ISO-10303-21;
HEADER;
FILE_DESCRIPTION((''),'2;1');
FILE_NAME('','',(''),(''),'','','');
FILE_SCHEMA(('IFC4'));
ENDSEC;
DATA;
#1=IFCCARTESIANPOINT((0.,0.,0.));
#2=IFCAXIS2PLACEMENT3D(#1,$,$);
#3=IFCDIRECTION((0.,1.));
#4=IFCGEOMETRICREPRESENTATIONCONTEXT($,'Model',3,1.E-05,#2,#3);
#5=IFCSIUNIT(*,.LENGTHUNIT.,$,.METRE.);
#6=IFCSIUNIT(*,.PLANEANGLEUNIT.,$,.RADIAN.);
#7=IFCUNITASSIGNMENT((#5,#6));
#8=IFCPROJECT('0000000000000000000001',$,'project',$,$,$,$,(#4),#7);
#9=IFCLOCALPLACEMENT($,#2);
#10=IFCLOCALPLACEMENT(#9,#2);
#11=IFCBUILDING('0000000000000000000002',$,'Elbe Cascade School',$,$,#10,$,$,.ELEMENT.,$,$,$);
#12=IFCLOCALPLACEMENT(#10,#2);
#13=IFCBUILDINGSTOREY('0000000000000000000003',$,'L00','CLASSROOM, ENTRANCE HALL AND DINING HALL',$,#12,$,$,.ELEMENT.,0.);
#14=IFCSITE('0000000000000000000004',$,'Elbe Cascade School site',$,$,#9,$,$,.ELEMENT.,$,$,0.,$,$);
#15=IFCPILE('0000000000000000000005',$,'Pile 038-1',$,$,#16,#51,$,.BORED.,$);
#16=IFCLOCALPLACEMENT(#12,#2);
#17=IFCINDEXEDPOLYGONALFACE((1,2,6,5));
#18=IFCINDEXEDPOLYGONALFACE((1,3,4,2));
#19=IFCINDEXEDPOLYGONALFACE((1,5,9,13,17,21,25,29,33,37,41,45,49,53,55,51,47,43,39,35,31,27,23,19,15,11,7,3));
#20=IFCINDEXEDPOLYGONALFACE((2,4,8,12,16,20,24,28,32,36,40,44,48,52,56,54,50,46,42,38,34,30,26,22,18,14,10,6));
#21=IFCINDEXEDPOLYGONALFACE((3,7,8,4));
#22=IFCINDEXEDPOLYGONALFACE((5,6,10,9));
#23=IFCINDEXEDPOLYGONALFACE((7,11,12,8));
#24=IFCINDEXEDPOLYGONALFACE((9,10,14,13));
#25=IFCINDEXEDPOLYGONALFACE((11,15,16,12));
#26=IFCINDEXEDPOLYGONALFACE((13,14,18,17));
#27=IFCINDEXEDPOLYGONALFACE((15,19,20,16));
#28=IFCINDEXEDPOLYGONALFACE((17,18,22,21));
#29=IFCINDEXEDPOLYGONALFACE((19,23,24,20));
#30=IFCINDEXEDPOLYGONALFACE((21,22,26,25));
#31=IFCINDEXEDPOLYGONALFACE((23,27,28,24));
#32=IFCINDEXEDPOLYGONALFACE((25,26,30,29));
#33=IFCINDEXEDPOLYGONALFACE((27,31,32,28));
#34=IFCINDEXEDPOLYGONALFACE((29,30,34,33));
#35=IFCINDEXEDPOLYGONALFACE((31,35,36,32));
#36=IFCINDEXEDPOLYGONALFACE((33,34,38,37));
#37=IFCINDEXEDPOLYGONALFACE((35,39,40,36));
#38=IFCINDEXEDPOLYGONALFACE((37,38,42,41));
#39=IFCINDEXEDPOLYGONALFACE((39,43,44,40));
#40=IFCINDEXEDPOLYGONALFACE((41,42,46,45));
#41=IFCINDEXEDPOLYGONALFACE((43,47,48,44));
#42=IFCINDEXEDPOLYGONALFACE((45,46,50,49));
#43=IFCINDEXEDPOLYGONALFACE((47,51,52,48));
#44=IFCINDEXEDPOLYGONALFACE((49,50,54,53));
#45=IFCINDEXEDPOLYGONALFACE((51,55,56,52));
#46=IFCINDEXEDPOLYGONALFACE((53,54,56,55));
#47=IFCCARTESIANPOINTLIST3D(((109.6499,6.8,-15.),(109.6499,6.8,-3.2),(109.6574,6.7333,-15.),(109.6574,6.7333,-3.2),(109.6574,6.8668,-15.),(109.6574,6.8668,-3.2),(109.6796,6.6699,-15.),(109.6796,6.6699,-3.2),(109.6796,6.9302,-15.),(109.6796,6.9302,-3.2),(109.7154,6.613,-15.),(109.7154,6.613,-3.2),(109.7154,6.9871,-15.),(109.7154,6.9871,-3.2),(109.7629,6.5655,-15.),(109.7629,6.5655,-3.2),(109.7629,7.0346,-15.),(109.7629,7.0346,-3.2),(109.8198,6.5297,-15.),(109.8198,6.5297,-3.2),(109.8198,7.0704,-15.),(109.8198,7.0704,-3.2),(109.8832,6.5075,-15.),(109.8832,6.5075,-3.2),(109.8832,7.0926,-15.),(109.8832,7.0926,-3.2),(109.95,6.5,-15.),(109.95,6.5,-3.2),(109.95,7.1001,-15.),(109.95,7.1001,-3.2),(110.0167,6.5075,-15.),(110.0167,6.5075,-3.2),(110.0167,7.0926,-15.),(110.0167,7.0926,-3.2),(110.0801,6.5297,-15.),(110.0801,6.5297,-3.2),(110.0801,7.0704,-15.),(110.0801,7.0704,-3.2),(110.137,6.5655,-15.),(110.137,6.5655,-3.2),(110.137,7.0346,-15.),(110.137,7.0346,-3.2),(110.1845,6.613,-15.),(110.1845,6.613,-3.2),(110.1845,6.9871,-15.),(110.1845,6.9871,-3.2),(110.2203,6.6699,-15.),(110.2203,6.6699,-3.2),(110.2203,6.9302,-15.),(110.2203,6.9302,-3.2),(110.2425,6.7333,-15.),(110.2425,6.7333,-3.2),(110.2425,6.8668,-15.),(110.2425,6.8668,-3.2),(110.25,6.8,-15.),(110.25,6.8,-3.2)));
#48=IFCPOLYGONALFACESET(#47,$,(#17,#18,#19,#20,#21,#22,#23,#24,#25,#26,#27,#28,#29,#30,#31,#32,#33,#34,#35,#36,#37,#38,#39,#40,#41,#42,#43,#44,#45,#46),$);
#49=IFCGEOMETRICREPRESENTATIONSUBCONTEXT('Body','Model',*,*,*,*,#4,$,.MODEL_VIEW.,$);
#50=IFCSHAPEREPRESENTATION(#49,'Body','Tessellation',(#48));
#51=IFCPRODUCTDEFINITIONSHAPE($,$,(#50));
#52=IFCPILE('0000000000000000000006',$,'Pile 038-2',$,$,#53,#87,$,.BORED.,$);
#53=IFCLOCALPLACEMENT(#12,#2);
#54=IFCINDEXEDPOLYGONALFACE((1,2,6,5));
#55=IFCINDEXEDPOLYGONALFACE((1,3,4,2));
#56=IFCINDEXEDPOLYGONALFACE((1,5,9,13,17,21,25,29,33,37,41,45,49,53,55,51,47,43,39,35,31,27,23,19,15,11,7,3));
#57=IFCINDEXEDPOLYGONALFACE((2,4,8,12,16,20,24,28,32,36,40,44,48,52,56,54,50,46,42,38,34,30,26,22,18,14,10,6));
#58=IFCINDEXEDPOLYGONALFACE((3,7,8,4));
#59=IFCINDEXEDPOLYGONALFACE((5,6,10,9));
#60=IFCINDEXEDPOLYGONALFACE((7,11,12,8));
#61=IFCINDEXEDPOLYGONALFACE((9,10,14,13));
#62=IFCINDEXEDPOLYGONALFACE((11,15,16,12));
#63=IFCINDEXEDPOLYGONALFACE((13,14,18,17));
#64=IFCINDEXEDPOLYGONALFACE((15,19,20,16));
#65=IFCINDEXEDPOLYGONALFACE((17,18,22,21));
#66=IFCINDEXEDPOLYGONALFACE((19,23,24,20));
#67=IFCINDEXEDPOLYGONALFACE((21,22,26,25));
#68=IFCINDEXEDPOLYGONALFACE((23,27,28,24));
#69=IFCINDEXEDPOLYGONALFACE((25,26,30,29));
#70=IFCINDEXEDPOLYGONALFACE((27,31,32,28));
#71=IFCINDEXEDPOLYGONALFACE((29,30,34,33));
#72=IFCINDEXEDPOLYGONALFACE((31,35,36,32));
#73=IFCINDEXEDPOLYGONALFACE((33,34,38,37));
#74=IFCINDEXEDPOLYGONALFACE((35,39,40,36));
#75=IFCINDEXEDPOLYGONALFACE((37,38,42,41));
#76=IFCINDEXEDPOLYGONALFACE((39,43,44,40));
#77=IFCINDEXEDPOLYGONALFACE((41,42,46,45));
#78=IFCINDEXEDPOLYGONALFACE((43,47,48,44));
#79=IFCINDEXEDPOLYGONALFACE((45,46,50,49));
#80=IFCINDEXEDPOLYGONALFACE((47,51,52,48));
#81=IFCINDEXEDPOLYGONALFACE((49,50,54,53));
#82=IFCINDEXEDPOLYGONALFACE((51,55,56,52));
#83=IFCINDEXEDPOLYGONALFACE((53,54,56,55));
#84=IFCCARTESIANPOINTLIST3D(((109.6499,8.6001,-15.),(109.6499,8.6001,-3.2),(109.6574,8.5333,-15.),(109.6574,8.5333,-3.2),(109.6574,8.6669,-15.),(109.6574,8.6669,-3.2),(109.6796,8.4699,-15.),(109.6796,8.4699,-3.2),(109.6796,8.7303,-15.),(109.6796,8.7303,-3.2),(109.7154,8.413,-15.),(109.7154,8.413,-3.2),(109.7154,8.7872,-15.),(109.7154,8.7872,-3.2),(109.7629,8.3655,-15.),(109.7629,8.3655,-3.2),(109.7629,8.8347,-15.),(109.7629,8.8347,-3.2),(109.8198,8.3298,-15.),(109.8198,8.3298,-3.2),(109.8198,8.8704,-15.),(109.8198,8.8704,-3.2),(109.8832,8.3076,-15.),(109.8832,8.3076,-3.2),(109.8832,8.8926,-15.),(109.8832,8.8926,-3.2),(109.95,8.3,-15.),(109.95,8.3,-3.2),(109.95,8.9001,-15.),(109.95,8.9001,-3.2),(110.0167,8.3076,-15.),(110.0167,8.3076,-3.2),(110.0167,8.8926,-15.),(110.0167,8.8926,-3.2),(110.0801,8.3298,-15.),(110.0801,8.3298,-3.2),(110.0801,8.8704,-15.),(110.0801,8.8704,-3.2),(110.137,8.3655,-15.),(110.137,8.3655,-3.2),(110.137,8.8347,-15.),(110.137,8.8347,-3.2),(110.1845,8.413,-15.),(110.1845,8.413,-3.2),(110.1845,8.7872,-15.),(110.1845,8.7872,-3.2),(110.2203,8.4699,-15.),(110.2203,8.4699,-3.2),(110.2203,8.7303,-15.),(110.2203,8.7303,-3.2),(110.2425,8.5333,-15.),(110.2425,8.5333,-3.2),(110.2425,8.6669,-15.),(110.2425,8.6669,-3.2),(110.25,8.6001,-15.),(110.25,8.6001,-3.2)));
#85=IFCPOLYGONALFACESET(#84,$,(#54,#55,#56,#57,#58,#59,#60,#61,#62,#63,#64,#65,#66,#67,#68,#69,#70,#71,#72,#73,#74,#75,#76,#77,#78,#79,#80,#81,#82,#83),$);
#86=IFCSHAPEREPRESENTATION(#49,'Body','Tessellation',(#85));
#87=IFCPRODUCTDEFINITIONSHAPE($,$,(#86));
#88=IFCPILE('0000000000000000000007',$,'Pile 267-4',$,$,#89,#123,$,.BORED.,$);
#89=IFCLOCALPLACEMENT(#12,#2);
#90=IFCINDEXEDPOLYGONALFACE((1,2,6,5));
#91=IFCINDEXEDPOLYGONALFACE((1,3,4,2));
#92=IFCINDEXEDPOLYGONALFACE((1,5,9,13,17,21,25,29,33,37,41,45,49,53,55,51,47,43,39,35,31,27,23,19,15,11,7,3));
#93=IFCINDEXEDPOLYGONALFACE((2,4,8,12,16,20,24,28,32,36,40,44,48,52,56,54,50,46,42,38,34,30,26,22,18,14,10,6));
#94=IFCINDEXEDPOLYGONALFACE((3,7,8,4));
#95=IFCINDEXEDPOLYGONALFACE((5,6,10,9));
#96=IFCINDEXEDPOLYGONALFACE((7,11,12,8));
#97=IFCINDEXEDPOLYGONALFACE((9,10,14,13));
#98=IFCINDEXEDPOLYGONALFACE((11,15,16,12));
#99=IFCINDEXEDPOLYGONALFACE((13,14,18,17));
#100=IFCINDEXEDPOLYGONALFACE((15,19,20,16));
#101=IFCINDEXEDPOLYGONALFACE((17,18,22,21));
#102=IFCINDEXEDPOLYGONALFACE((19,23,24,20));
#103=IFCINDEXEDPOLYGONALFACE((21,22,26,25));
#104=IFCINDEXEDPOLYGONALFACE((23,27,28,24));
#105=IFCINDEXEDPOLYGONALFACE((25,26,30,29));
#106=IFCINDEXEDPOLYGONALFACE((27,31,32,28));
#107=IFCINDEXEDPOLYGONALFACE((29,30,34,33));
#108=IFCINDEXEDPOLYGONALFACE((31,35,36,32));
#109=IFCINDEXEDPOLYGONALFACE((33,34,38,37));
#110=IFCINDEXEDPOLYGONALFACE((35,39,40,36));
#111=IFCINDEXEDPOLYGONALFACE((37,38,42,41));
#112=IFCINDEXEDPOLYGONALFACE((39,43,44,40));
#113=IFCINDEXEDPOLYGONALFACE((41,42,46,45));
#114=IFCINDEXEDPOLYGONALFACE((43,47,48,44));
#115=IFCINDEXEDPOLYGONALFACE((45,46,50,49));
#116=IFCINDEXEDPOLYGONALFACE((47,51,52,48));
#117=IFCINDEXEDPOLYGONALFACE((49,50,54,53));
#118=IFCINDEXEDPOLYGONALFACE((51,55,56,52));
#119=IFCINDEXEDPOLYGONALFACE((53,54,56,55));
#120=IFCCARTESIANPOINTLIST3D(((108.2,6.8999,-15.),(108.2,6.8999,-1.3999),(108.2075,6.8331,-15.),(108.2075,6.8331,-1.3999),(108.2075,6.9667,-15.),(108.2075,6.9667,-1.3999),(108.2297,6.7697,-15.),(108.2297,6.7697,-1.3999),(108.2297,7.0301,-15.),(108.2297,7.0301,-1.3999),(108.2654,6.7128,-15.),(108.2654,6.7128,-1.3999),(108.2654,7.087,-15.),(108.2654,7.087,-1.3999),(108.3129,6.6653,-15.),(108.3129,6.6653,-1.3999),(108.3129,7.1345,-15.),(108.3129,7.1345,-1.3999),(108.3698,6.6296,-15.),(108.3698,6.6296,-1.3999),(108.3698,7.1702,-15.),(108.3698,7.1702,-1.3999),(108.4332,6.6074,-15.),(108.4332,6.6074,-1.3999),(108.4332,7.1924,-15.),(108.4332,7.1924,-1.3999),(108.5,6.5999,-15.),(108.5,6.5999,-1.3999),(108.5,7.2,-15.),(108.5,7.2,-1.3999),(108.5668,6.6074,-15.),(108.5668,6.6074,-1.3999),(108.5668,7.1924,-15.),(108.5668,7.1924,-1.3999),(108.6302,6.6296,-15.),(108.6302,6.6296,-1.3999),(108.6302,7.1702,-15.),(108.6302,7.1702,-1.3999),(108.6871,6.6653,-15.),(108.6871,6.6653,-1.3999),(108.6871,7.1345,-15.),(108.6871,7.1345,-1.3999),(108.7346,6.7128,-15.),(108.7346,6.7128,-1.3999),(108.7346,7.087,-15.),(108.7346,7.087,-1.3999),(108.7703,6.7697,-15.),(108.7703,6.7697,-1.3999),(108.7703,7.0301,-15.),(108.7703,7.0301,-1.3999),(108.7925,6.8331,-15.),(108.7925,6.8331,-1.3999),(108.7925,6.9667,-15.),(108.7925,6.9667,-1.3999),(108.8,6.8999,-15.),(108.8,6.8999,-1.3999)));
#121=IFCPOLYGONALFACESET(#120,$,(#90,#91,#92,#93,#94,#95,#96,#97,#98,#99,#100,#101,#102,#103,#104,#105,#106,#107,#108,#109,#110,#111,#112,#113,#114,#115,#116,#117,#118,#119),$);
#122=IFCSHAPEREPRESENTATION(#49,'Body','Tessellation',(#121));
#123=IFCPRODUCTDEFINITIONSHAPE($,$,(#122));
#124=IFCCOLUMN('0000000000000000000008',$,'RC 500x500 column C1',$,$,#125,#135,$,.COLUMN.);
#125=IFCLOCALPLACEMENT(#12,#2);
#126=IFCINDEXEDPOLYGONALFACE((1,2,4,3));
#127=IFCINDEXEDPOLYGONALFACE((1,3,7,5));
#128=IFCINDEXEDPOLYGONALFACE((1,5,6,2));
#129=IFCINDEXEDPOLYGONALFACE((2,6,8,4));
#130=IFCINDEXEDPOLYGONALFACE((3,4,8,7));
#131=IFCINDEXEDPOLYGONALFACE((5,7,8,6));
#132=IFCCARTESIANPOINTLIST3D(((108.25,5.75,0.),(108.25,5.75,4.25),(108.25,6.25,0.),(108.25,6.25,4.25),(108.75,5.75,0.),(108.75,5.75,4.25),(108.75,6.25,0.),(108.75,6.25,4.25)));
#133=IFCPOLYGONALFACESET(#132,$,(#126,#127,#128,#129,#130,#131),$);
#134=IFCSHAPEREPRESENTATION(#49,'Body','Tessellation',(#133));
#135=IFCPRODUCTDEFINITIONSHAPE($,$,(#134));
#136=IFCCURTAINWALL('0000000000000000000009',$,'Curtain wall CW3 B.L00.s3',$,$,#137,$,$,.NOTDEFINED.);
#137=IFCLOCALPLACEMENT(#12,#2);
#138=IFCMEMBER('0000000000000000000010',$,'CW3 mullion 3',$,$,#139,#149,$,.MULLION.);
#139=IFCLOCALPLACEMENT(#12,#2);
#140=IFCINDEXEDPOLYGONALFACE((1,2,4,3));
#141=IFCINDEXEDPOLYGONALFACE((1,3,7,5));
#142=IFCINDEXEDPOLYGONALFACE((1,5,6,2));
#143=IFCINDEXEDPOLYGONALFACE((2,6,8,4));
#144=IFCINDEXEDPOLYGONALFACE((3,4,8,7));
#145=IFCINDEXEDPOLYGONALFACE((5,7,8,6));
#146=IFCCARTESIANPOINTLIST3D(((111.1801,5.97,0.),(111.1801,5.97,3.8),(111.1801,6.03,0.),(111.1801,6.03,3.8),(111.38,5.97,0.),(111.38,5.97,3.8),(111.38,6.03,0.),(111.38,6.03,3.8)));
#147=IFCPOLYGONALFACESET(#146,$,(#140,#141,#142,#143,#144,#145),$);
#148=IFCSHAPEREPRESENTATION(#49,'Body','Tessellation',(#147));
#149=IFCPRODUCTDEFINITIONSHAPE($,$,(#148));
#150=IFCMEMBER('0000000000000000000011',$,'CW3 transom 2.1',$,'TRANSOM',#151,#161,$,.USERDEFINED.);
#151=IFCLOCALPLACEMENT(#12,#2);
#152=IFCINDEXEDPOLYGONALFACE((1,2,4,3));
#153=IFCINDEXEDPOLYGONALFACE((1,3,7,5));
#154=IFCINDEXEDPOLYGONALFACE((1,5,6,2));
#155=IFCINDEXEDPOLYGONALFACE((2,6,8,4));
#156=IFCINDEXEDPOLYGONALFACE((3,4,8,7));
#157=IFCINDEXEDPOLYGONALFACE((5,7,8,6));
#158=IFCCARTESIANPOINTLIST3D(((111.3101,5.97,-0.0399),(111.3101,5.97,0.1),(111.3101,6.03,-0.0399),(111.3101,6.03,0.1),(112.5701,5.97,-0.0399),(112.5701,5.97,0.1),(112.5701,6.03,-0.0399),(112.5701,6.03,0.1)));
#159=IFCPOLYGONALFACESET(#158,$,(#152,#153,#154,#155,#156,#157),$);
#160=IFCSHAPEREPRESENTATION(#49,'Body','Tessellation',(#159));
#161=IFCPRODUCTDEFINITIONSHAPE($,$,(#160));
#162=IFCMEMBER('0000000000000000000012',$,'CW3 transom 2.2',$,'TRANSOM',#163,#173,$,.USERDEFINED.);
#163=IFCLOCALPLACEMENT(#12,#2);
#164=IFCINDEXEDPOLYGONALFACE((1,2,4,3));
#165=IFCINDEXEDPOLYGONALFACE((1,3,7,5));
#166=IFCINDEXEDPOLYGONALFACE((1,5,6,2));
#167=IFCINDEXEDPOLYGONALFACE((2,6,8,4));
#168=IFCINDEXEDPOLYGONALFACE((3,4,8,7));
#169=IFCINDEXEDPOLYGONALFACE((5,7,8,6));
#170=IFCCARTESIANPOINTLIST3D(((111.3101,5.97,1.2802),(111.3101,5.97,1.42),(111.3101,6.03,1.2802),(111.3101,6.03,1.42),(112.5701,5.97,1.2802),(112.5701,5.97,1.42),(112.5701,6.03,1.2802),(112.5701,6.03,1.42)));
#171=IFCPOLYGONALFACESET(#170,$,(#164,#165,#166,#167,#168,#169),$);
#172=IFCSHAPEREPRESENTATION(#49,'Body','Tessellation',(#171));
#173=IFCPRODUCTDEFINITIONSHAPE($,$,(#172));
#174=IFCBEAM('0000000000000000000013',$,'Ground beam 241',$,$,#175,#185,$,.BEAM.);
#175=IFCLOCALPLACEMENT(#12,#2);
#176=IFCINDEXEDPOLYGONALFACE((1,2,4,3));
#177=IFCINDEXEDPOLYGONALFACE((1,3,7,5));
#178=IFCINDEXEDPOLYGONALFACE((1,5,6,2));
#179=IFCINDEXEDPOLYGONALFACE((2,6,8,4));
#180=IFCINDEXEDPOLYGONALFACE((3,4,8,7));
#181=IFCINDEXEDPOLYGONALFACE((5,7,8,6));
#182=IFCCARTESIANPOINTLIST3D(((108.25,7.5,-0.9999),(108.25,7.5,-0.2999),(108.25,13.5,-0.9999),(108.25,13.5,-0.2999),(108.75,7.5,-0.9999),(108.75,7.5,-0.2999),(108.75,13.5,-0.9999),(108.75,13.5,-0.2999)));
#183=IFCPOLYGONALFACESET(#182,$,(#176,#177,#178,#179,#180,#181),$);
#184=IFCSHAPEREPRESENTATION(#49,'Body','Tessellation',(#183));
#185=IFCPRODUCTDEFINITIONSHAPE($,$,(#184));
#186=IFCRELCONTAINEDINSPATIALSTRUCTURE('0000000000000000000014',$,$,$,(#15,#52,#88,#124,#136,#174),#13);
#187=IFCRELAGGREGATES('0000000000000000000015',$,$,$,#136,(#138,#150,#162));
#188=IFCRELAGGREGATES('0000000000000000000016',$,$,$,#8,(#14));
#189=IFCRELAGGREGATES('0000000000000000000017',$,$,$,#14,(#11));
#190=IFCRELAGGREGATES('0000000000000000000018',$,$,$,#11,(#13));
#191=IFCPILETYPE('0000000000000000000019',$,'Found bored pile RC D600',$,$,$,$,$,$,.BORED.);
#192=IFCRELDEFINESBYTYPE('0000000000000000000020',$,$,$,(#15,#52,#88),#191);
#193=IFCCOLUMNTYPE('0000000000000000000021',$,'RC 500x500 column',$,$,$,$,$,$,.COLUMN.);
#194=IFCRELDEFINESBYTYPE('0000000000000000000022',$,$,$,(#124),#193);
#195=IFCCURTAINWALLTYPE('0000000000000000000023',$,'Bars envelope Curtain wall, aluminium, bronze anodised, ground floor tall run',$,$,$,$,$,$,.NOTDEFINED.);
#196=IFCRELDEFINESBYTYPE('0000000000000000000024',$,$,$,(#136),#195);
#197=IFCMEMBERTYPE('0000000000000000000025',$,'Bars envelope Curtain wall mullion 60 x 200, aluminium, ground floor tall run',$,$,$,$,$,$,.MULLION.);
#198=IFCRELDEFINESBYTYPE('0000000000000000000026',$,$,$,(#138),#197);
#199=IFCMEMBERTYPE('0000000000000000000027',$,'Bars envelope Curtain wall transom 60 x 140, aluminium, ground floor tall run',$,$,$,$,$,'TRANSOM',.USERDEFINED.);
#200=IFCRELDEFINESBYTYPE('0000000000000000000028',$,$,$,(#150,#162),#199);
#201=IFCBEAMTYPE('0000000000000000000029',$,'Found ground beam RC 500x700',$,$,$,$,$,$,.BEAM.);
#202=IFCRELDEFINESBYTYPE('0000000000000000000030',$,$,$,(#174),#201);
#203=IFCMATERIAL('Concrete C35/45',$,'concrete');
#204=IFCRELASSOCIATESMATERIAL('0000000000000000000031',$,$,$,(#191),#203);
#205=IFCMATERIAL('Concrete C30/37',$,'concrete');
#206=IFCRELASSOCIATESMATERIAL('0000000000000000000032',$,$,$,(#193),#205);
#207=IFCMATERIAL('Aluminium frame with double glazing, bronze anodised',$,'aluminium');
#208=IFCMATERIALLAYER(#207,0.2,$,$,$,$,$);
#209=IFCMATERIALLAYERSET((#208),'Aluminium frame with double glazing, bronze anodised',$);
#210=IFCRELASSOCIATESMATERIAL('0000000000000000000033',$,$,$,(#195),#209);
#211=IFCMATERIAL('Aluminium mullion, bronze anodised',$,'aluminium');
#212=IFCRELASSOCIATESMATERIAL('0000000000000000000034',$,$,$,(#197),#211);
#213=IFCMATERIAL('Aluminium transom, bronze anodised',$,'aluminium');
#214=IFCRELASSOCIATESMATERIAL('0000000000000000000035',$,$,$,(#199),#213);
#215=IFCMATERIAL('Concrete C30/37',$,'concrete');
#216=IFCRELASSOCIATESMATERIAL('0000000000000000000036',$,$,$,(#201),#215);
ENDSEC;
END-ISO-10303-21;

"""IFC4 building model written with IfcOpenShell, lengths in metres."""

from ifc_helpers import new_model, si_unit, direction, frame, origin, origin_2d, place, context, subcontext, project, spatial, rectangle, circle, extrude, material, layer, layer_set, material_profile, profile_set, type_object, element, aggregate, save


model = new_model("IFC4")

# Units and contexts
model_context = context("Model", 3, precision=1e-05, world=origin(), true_north=direction((0.0, 1.0)))
body_context = subcontext(model_context, "Body", "Model", "MODEL_VIEW")
ifc_project = project(units=[si_unit("LENGTHUNIT", "METRE"), si_unit("PLANEANGLEUNIT", "RADIAN")], contexts=[model_context])

# Site, building, storey
site_placement = place(None, origin())
site = spatial("IfcSite", under=ifc_project, at=site_placement, Name="Elbe Cascade School site", CompositionType="ELEMENT", RefElevation=0.0)
building_placement = place(site_placement, origin())
building = spatial("IfcBuilding", under=site, at=building_placement, Name="Elbe Cascade School", CompositionType="ELEMENT")
storey_placement = place(building_placement, origin())
storey = spatial("IfcBuildingStorey", under=building, at=storey_placement, Name="L00", Description="CLASSROOM, ENTRANCE HALL AND DINING HALL", CompositionType="ELEMENT", Elevation=0.0)

# Piles
ifc_material_1 = material(Name="Concrete C35/45", Category="concrete")
ifc_material_profile_1 = material_profile(ifc_material_1, circle(Radius=0.3, at=origin_2d()), Name="RC D600")
ifc_profile_set_1 = profile_set([ifc_material_profile_1], Name="Concrete C35/45")
pile_type = type_object("IfcPileType", Name="Found bored pile RC D600", PredefinedType="BORED", material=ifc_profile_set_1)
for number, where, z_axis, x_axis, name in (
    (1, (109.95, 6.8, -3.2), (0.0, 0.0, -1.0), (1.0, 0.0, 0.0), "Pile 038-1"),
    (2, (109.95, 8.6001, -3.2), (0.0, 0.0, -1.0), (1.0, 0.0, 0.0), "Pile 038-2"),
):
    element("IfcPile", number, at=place(storey_placement, frame(where, z_axis=z_axis, x_axis=x_axis)), inside=storey, type_object=pile_type, Name=name, PredefinedType="BORED", context=body_context, shape_type="SweptSolid", body=[
        extrude(circle(Radius=0.3, at=origin_2d()), origin(), (0.0, 0.0, 1.0), 11.8),
    ])
pile_placement = place(storey_placement, frame((108.5, 6.8999, -1.3999), z_axis=(0.0, 0.0, -1.0), x_axis=(1.0, 0.0, 0.0)))
element("IfcPile", 3, at=pile_placement, inside=storey, type_object=pile_type, Name="Pile 267-4", PredefinedType="BORED", context=body_context, shape_type="SweptSolid", body=[
    extrude(circle(Radius=0.3, at=origin_2d()), origin(), (0.0, 0.0, 1.0), 13.6001),
])

# Column
ifc_material_2 = material(Name="Concrete C30/37", Category="concrete")
ifc_material_profile_2 = material_profile(ifc_material_2, rectangle(XDim=0.5, YDim=0.5, at=origin_2d()), Name="RC 500x500")
ifc_profile_set_2 = profile_set([ifc_material_profile_2], Name="Concrete C30/37")
column_type = type_object("IfcColumnType", Name="RC 500x500 column", PredefinedType="COLUMN", material=ifc_profile_set_2)
column_placement = place(storey_placement, frame((108.5, 6.0, 0.0), z_axis=(0.0, 0.0, 1.0), x_axis=(1.0, 0.0, 0.0)))
element("IfcColumn", 4, at=column_placement, inside=storey, type_object=column_type, Name="RC 500x500 column C1", PredefinedType="COLUMN", context=body_context, shape_type="SweptSolid", body=[
    extrude(rectangle(XDim=0.5, YDim=0.5, at=origin_2d()), origin(), (0.0, 0.0, 1.0), 4.25),
])

# Curtain wall, members
ifc_material_3 = material(Name="Aluminium frame with double glazing, bronze anodised", Category="aluminium")
ifc_layer_1 = layer(ifc_material_3, 0.2)
ifc_layer_set_1 = layer_set([ifc_layer_1], Name="Aluminium frame with double glazing, bronze anodised")
curtain_wall_type = type_object("IfcCurtainWallType", Name="Bars envelope Curtain wall, aluminium, bronze anodised, ground floor tall run", PredefinedType="NOTDEFINED", material=ifc_layer_set_1)
curtain_wall_placement = place(storey_placement, origin())
curtain_wall = element("IfcCurtainWall", 5, at=curtain_wall_placement, inside=storey, type_object=curtain_wall_type, Name="Curtain wall CW3 B.L00.s3", PredefinedType="NOTDEFINED")
ifc_material_4 = material(Name="Aluminium mullion, bronze anodised", Category="aluminium")
ifc_material_profile_3 = material_profile(ifc_material_4, rectangle(XDim=0.0601, YDim=0.2, at=origin_2d()), Name="Bars envelope Curtain wall mullion 60 x 200, aluminium, ground floor tall run")
ifc_profile_set_3 = profile_set([ifc_material_profile_3], Name="Aluminium mullion, bronze anodised")
member_type_1 = type_object("IfcMemberType", Name="Bars envelope Curtain wall mullion 60 x 200, aluminium, ground floor tall run", PredefinedType="MULLION", material=ifc_profile_set_3)
member_1_placement = place(storey_placement, frame((111.28, 6.0, 0.0), z_axis=(0.0, 0.0, 1.0), x_axis=(0.0, -1.0, 0.0)))
member_1 = element("IfcMember", 6, at=member_1_placement, type_object=member_type_1, Name="CW3 mullion 3", PredefinedType="MULLION", context=body_context, shape_type="SweptSolid", body=[
    extrude(rectangle(XDim=0.0601, YDim=0.2, at=origin_2d()), origin(), (0.0, 0.0, 1.0), 3.8),
])
ifc_material_5 = material(Name="Aluminium transom, bronze anodised", Category="aluminium")
ifc_material_profile_4 = material_profile(ifc_material_5, rectangle(XDim=0.0601, YDim=0.1399, at=origin_2d()), Name="Bars envelope Curtain wall transom 60 x 140, aluminium, ground floor tall run")
ifc_profile_set_4 = profile_set([ifc_material_profile_4], Name="Aluminium transom, bronze anodised")
member_type_2 = type_object("IfcMemberType", Name="Bars envelope Curtain wall transom 60 x 140, aluminium, ground floor tall run", ElementType="TRANSOM", PredefinedType="USERDEFINED", material=ifc_profile_set_4)
member_2_placement = place(storey_placement, frame((112.5701, 6.0, 0.03), z_axis=(-1.0, 0.0, 0.0), x_axis=(0.0, -1.0, 0.0)))
member_2 = element("IfcMember", 7, at=member_2_placement, type_object=member_type_2, Name="CW3 transom 2.1", ObjectType="TRANSOM", PredefinedType="USERDEFINED", context=body_context, shape_type="SweptSolid", body=[
    extrude(rectangle(XDim=0.0601, YDim=0.1399, at=origin_2d()), origin(), (0.0, 0.0, 1.0), 1.26),
])
member_3_placement = place(storey_placement, frame((112.5701, 6.0, 1.3501), z_axis=(-1.0, 0.0, 0.0), x_axis=(0.0, -1.0, 0.0)))
member_3 = element("IfcMember", 8, at=member_3_placement, type_object=member_type_2, Name="CW3 transom 2.2", ObjectType="TRANSOM", PredefinedType="USERDEFINED", context=body_context, shape_type="SweptSolid", body=[
    extrude(rectangle(XDim=0.0601, YDim=0.1399, at=origin_2d()), origin(), (0.0, 0.0, 1.0), 1.26),
])

# Beam
ifc_material_6 = material(Name="Concrete C30/37", Category="concrete")
ifc_material_profile_5 = material_profile(ifc_material_6, rectangle(XDim=0.5, YDim=0.7, at=origin_2d()), Name="RC 500x700")
ifc_profile_set_5 = profile_set([ifc_material_profile_5], Name="Concrete C30/37")
beam_type_1 = type_object("IfcBeamType", Name="Found ground beam RC 500x700", PredefinedType="BEAM", material=ifc_profile_set_5)
beam_1_placement = place(storey_placement, frame((108.5, 7.5, -0.6499), z_axis=(0.0, 1.0, 0.0), x_axis=(-1.0, 0.0, 0.0)))
element("IfcBeam", 9, at=beam_1_placement, inside=storey, type_object=beam_type_1, Name="Ground beam 241", PredefinedType="BEAM", context=body_context, shape_type="SweptSolid", body=[
    extrude(rectangle(XDim=0.5, YDim=0.7, at=origin_2d()), origin(), (0.0, 0.0, 1.0), 6.0),
])

aggregate(curtain_wall, [member_1, member_2, member_3])

save(model, "model.ifc")
